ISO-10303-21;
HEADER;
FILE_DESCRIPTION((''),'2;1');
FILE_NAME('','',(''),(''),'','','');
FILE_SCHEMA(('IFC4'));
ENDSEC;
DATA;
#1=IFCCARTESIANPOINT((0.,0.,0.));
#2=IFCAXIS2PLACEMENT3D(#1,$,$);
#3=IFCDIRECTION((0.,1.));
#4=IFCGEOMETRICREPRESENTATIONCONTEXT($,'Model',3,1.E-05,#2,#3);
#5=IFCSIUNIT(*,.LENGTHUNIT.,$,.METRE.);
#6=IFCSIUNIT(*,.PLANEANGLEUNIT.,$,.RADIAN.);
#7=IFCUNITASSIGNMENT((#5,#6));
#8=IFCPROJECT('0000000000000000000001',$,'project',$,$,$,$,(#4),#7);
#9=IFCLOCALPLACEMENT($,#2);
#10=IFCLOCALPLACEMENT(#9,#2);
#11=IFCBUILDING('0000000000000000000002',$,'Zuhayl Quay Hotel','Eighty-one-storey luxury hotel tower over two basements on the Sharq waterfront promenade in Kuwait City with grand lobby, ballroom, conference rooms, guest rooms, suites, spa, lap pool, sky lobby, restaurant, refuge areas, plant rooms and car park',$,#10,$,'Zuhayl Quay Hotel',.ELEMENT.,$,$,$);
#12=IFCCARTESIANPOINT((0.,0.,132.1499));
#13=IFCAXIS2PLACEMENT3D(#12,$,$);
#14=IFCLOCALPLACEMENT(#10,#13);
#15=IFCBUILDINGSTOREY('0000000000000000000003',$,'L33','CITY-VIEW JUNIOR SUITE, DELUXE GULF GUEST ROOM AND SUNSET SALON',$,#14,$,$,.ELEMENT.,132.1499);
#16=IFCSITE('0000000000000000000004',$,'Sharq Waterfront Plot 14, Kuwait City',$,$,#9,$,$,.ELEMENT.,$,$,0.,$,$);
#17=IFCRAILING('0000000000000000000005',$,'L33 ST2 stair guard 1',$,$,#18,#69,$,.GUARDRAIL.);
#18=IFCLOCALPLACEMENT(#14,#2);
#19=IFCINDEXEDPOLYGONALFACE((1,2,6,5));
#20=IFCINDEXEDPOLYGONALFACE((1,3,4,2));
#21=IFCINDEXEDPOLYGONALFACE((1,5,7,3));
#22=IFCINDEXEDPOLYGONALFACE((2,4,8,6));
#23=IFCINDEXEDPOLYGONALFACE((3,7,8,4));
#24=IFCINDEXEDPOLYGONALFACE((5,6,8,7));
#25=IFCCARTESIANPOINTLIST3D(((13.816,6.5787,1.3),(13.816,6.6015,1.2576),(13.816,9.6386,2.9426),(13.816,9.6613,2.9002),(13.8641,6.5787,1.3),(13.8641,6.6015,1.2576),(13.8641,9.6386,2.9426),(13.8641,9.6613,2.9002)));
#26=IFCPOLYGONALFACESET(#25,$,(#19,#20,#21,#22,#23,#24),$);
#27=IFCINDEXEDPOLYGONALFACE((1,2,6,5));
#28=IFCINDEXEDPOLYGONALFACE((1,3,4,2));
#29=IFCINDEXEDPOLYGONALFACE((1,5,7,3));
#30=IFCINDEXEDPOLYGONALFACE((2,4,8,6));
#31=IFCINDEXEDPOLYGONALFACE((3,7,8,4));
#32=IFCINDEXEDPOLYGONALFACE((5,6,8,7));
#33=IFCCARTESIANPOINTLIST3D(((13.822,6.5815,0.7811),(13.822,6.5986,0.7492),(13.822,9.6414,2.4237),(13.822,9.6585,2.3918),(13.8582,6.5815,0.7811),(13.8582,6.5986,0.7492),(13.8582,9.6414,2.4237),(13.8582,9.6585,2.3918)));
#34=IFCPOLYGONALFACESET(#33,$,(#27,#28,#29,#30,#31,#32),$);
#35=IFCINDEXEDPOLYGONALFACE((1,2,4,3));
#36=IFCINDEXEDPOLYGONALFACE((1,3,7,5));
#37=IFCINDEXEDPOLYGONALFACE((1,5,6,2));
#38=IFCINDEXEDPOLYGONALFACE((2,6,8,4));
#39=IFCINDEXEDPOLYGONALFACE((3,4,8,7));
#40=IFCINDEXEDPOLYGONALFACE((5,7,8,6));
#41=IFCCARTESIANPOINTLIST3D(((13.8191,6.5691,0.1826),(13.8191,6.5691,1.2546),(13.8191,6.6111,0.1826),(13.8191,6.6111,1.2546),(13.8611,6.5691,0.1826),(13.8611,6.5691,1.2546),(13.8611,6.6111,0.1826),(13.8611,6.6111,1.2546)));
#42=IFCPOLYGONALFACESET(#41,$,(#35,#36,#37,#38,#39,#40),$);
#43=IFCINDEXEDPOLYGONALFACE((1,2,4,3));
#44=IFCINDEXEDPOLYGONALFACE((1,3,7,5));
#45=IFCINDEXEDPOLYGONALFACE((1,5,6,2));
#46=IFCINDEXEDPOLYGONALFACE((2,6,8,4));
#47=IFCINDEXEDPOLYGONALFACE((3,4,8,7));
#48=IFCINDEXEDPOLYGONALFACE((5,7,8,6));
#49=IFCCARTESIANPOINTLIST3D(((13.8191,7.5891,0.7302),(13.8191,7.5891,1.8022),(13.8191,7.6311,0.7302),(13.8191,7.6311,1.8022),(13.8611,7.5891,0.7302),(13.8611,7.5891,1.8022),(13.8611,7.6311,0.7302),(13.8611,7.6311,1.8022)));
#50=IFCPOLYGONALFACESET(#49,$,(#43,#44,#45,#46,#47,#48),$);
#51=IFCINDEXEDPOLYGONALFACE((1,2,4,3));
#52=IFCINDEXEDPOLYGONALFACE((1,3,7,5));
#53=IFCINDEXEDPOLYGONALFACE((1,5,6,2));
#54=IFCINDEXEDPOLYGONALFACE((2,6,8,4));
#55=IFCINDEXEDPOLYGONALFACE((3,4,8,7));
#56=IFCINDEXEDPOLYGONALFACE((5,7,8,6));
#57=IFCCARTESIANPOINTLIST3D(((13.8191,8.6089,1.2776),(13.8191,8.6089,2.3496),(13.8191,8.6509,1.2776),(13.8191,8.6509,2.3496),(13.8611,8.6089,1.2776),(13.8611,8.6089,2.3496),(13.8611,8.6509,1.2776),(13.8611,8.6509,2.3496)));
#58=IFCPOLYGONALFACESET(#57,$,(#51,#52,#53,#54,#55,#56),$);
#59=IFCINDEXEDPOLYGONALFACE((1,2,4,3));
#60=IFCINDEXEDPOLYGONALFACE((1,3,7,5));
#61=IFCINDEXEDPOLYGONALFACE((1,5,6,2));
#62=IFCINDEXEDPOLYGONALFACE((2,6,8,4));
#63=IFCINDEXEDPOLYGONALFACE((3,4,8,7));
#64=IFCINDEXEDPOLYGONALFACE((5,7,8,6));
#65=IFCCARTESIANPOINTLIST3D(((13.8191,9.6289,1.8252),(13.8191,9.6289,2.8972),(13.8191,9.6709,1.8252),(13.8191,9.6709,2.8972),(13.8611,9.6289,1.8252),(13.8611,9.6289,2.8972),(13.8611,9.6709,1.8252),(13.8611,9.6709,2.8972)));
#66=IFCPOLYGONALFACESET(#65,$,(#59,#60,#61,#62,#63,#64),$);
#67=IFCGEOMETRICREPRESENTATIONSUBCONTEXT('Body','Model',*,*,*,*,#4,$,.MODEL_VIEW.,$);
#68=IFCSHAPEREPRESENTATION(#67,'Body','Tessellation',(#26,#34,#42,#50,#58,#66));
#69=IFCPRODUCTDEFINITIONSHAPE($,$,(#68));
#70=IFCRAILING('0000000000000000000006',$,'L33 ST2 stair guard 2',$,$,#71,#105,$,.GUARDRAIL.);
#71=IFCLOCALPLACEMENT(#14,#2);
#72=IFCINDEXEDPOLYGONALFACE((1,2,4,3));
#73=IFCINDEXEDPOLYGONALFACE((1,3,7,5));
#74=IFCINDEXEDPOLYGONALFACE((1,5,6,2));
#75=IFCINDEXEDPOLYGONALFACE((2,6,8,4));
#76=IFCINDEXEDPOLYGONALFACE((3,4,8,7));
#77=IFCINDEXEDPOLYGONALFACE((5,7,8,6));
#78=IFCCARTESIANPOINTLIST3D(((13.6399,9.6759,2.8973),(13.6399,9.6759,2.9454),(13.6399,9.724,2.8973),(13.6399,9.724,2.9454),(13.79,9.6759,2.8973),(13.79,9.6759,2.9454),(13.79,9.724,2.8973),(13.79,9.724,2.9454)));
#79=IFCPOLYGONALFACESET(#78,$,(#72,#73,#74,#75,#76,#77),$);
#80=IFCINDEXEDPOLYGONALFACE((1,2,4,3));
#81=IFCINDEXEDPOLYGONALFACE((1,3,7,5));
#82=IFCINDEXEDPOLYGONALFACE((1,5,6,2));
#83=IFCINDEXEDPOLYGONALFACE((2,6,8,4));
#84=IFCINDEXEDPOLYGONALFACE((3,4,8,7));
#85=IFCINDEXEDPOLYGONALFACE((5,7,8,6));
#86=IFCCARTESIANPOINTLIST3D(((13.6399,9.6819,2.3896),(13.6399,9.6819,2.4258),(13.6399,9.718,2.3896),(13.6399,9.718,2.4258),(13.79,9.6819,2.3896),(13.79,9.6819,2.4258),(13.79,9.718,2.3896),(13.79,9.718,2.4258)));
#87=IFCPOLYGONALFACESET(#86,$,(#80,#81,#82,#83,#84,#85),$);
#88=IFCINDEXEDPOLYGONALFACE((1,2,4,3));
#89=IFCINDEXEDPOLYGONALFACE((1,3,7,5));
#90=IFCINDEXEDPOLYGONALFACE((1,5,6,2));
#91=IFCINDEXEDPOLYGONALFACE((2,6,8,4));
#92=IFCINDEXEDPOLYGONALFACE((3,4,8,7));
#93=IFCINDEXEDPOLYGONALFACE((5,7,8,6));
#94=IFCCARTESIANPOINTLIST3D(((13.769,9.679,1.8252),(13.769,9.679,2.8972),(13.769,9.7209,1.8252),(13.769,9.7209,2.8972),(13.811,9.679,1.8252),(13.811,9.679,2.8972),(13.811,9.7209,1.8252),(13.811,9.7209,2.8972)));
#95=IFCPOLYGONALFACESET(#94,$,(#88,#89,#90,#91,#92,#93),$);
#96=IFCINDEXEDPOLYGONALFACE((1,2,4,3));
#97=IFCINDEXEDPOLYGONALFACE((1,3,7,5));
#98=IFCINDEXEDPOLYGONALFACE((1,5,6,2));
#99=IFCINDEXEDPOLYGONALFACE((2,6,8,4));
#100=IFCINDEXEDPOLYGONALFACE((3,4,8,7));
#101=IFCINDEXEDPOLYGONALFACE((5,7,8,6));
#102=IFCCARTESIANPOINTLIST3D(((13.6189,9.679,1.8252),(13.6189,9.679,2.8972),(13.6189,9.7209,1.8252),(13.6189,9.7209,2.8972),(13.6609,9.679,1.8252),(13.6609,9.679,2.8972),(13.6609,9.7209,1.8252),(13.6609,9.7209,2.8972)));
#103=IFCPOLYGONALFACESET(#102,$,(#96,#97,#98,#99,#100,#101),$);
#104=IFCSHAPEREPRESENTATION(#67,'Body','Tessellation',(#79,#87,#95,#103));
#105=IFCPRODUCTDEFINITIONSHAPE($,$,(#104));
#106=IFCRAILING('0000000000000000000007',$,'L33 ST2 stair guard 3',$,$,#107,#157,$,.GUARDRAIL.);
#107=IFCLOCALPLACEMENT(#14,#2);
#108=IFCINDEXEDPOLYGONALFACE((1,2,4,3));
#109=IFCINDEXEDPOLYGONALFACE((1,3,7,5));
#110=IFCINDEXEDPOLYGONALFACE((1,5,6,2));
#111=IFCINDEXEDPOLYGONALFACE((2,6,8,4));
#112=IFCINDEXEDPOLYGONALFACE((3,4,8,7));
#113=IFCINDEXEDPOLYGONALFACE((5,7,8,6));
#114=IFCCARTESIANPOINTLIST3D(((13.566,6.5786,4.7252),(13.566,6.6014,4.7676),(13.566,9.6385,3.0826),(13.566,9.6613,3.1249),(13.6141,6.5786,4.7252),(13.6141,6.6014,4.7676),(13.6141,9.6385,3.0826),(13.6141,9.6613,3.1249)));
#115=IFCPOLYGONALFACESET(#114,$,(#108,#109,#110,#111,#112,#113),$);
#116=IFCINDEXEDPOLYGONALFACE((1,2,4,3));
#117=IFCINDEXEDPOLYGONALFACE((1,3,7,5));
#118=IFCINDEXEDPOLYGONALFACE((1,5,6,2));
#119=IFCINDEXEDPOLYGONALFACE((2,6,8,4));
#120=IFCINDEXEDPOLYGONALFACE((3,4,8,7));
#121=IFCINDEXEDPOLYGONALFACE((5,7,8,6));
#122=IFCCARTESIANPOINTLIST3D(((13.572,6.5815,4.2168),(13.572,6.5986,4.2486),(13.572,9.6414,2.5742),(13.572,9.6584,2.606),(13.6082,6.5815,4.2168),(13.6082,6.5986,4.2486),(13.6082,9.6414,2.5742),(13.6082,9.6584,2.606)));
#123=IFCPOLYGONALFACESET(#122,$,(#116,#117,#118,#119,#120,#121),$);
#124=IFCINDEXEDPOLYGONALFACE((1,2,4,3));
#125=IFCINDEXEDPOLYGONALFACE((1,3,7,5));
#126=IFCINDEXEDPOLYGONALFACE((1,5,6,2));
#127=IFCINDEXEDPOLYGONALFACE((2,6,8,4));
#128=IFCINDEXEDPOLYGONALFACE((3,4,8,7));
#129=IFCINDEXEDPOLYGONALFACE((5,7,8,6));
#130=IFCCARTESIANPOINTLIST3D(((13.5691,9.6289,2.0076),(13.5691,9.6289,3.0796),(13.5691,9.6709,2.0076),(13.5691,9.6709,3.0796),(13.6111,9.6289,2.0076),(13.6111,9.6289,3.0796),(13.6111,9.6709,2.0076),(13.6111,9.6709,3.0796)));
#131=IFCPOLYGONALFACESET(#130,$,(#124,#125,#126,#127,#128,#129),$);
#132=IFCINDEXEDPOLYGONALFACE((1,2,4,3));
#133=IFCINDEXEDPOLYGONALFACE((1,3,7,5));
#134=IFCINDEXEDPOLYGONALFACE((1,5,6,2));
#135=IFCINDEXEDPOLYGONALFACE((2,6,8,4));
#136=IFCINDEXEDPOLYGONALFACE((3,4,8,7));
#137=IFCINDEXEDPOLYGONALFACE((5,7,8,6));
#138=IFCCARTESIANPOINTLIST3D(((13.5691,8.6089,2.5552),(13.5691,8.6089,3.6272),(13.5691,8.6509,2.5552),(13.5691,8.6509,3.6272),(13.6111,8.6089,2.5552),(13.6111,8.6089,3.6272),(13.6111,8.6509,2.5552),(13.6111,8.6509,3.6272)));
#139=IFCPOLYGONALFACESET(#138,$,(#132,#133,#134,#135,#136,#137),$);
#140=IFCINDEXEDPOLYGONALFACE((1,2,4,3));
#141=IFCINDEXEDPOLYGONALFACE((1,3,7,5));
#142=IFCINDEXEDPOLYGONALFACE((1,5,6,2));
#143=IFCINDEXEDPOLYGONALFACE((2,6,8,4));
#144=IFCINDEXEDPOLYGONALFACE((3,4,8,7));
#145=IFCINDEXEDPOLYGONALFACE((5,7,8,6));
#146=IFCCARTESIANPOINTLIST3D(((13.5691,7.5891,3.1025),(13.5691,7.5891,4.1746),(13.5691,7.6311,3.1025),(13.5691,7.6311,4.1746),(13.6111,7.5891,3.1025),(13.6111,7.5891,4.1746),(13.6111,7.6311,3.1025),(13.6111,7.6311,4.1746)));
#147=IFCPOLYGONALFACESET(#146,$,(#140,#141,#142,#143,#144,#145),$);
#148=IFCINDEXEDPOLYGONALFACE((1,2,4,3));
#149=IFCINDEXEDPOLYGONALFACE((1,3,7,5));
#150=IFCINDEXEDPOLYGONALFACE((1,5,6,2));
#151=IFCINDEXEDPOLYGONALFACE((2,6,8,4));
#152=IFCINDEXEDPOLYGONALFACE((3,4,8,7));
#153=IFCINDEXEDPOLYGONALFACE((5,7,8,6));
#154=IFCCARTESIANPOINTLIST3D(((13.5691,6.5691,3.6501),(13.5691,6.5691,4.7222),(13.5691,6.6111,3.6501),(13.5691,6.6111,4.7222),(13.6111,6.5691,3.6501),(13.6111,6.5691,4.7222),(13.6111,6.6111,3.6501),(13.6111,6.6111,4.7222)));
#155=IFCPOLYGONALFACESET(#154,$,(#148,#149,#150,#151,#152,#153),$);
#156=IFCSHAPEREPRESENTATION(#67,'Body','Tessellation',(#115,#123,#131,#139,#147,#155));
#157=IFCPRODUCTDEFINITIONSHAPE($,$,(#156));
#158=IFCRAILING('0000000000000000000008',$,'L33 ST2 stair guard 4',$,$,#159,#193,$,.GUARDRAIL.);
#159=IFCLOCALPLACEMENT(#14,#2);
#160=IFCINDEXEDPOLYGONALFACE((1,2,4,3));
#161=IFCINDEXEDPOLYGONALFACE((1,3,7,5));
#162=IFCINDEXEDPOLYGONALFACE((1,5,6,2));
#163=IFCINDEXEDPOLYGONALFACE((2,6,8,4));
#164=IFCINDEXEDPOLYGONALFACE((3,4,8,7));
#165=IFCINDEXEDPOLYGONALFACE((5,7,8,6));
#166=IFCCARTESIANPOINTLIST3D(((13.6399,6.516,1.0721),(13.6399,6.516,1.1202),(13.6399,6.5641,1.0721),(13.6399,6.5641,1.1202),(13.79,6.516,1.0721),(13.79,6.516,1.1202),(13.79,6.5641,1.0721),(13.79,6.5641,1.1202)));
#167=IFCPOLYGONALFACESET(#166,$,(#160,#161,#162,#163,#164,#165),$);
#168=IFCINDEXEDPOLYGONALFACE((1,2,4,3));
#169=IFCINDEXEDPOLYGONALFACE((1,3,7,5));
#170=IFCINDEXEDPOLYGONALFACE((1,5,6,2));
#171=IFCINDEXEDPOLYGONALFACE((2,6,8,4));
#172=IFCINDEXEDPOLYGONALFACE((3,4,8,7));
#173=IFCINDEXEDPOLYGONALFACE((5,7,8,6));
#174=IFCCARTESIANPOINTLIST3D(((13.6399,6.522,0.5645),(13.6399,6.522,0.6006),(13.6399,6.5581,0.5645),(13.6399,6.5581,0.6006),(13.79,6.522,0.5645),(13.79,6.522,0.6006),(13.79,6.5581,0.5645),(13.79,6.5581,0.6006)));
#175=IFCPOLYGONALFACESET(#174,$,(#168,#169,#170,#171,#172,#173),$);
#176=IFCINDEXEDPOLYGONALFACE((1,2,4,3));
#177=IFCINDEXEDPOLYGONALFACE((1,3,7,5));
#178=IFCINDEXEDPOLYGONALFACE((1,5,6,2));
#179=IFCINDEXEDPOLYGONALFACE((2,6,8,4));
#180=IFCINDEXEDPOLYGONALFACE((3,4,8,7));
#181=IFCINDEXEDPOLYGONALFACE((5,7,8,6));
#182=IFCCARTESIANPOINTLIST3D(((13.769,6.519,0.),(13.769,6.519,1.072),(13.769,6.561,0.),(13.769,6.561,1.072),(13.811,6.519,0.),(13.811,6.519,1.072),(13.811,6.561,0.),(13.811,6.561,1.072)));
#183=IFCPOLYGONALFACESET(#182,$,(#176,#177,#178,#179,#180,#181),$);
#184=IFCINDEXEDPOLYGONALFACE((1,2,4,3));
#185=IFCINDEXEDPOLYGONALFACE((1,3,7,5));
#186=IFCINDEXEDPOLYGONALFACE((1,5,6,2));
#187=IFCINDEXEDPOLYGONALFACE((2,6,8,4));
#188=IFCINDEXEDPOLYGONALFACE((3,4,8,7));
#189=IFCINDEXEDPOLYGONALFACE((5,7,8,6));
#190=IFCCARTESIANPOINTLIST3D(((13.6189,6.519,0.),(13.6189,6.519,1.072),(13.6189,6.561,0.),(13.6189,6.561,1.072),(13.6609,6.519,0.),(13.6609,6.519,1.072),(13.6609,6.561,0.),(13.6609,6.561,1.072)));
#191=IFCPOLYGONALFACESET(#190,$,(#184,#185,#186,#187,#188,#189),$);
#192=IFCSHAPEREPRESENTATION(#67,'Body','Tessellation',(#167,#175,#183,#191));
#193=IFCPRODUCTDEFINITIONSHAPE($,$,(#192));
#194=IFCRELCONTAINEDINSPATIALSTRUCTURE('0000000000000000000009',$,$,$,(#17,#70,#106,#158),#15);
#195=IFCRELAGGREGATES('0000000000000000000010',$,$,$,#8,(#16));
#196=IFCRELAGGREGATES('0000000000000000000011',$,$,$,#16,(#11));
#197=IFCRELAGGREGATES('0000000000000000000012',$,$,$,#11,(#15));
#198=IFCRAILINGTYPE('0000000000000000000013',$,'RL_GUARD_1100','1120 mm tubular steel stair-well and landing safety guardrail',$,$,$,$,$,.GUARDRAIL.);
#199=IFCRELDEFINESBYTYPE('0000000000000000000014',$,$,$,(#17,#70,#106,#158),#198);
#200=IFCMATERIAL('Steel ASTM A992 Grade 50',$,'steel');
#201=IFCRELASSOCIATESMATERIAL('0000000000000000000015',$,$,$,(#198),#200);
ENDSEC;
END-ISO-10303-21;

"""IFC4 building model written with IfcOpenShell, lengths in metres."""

from ifc_helpers import new_model, si_unit, direction, frame, origin, origin_2d, place, context, subcontext, project, spatial, rectangle, extrude, material, type_object, element, save


model = new_model("IFC4")

# Units and contexts
model_context = context("Model", 3, precision=1e-05, world=origin(), true_north=direction((0.0, 1.0)))
body_context = subcontext(model_context, "Body", "Model", "MODEL_VIEW")
ifc_project = project(units=[si_unit("LENGTHUNIT", "METRE"), si_unit("PLANEANGLEUNIT", "RADIAN")], contexts=[model_context])

# Site, building, storey
site_placement = place(None, origin())
site = spatial("IfcSite", under=ifc_project, at=site_placement, Name="Sharq Waterfront Plot 14, Kuwait City", CompositionType="ELEMENT", RefElevation=0.0)
building_placement = place(site_placement, origin())
building = spatial("IfcBuilding", under=site, at=building_placement, Name="Zuhayl Quay Hotel", Description="Eighty-one-storey luxury hotel tower over two basements on the Sharq waterfront promenade in Kuwait City with grand lobby, ballroom, conference rooms, guest rooms, suites, spa, lap pool, sky lobby, restaurant, refuge areas, plant rooms and car park", LongName="Zuhayl Quay Hotel", CompositionType="ELEMENT")
storey_placement = place(building_placement, frame((0.0, 0.0, 132.1499)))
storey = spatial("IfcBuildingStorey", under=building, at=storey_placement, Name="L33", Description="CITY-VIEW JUNIOR SUITE, DELUXE GULF GUEST ROOM AND SUNSET SALON", CompositionType="ELEMENT", Elevation=132.1499)

# Shared definitions
ifc_material_1 = material(Name="Steel ASTM A992 Grade 50", Category="steel")

# Railings
railing_type_1 = type_object("IfcRailingType", Name="RL_GUARD_1100", Description="1120 mm tubular steel stair-well and landing safety guardrail", PredefinedType="GUARDRAIL", material=ifc_material_1)
railing_1_placement = place(storey_placement, frame((13.8401, 6.5901, 0.1826)))
element("IfcRailing", 1, at=railing_1_placement, inside=storey, type_object=railing_type_1, Name="L33 ST2 stair guard 1", PredefinedType="GUARDRAIL", context=body_context, shape_type="SweptSolid", body=[
    extrude(rectangle(XDim=0.0481, YDim=0.0481, at=origin_2d()), frame((0.0, 0.0, 1.0962), z_axis=(0.0, 0.881073, 0.47298), x_axis=(-1.0, 0.0, 0.0)), (0.0, 0.0, 1.0), 3.4729),
    extrude(rectangle(XDim=0.0361, YDim=0.0361, at=origin_2d()), frame((0.0, 0.0, 0.5825), z_axis=(0.0, 0.881073, 0.47298), x_axis=(-1.0, 0.0, 0.0)), (0.0, 0.0, 1.0), 3.4729),
    extrude(rectangle(XDim=0.042, YDim=0.042, at=origin_2d()), origin(), (0.0, 0.0, 1.0), 1.072),
    extrude(rectangle(XDim=0.042, YDim=0.042, at=origin_2d()), frame((0.0, 1.02, 0.5476)), (0.0, 0.0, 1.0), 1.072),
    extrude(rectangle(XDim=0.042, YDim=0.042, at=origin_2d()), frame((0.0, 2.0398, 1.095)), (0.0, 0.0, 1.0), 1.072),
    extrude(rectangle(XDim=0.042, YDim=0.042, at=origin_2d()), frame((0.0, 3.0598, 1.6426)), (0.0, 0.0, 1.0), 1.072),
])
railing_2_placement = place(storey_placement, frame((13.79, 9.7, 1.8252)))
element("IfcRailing", 2, at=railing_2_placement, inside=storey, type_object=railing_type_1, Name="L33 ST2 stair guard 2", PredefinedType="GUARDRAIL", context=body_context, shape_type="SweptSolid", body=[
    extrude(rectangle(XDim=0.0481, YDim=0.0481, at=origin_2d()), frame((0.0, 0.0, 1.0962), z_axis=(-1.0, 0.0, 0.0), x_axis=(0.0, -1.0, 0.0)), (0.0, 0.0, 1.0), 0.1501),
    extrude(rectangle(XDim=0.0361, YDim=0.0361, at=origin_2d()), frame((0.0, 0.0, 0.5825), z_axis=(-1.0, 0.0, 0.0), x_axis=(0.0, -1.0, 0.0)), (0.0, 0.0, 1.0), 0.1501),
    extrude(rectangle(XDim=0.042, YDim=0.042, at=origin_2d()), origin(), (0.0, 0.0, 1.0), 1.072),
    extrude(rectangle(XDim=0.042, YDim=0.042, at=origin_2d()), frame((-0.1501, 0.0, 0.0)), (0.0, 0.0, 1.0), 1.072),
])
railing_3_placement = place(storey_placement, frame((13.5901, 9.6499, 2.0076)))
element("IfcRailing", 3, at=railing_3_placement, inside=storey, type_object=railing_type_1, Name="L33 ST2 stair guard 3", PredefinedType="GUARDRAIL", context=body_context, shape_type="SweptSolid", body=[
    extrude(rectangle(XDim=0.0481, YDim=0.0481, at=origin_2d()), frame((0.0, 0.0, 1.0962), z_axis=(0.0, -0.881073, 0.47298), x_axis=(1.0, 0.0, 0.0)), (0.0, 0.0, 1.0), 3.4729),
    extrude(rectangle(XDim=0.0361, YDim=0.0361, at=origin_2d()), frame((0.0, 0.0, 0.5825), z_axis=(0.0, -0.881073, 0.47298), x_axis=(1.0, 0.0, 0.0)), (0.0, 0.0, 1.0), 3.4729),
    extrude(rectangle(XDim=0.042, YDim=0.042, at=origin_2d()), origin(), (0.0, 0.0, 1.0), 1.072),
    extrude(rectangle(XDim=0.042, YDim=0.042, at=origin_2d()), frame((0.0, -1.02, 0.5476)), (0.0, 0.0, 1.0), 1.072),
    extrude(rectangle(XDim=0.042, YDim=0.042, at=origin_2d()), frame((0.0, -2.0398, 1.095)), (0.0, 0.0, 1.0), 1.072),
    extrude(rectangle(XDim=0.042, YDim=0.042, at=origin_2d()), frame((0.0, -3.0598, 1.6426)), (0.0, 0.0, 1.0), 1.072),
])
railing_4_placement = place(storey_placement, frame((13.79, 6.54, 0.0)))
element("IfcRailing", 4, at=railing_4_placement, inside=storey, type_object=railing_type_1, Name="L33 ST2 stair guard 4", PredefinedType="GUARDRAIL", context=body_context, shape_type="SweptSolid", body=[
    extrude(rectangle(XDim=0.0481, YDim=0.0481, at=origin_2d()), frame((0.0, 0.0, 1.0962), z_axis=(-1.0, 0.0, 0.0), x_axis=(0.0, -1.0, 0.0)), (0.0, 0.0, 1.0), 0.1501),
    extrude(rectangle(XDim=0.0361, YDim=0.0361, at=origin_2d()), frame((0.0, 0.0, 0.5825), z_axis=(-1.0, 0.0, 0.0), x_axis=(0.0, -1.0, 0.0)), (0.0, 0.0, 1.0), 0.1501),
    extrude(rectangle(XDim=0.042, YDim=0.042, at=origin_2d()), origin(), (0.0, 0.0, 1.0), 1.072),
    extrude(rectangle(XDim=0.042, YDim=0.042, at=origin_2d()), frame((-0.1501, 0.0, 0.0)), (0.0, 0.0, 1.0), 1.072),
])

save(model, "model.ifc")
